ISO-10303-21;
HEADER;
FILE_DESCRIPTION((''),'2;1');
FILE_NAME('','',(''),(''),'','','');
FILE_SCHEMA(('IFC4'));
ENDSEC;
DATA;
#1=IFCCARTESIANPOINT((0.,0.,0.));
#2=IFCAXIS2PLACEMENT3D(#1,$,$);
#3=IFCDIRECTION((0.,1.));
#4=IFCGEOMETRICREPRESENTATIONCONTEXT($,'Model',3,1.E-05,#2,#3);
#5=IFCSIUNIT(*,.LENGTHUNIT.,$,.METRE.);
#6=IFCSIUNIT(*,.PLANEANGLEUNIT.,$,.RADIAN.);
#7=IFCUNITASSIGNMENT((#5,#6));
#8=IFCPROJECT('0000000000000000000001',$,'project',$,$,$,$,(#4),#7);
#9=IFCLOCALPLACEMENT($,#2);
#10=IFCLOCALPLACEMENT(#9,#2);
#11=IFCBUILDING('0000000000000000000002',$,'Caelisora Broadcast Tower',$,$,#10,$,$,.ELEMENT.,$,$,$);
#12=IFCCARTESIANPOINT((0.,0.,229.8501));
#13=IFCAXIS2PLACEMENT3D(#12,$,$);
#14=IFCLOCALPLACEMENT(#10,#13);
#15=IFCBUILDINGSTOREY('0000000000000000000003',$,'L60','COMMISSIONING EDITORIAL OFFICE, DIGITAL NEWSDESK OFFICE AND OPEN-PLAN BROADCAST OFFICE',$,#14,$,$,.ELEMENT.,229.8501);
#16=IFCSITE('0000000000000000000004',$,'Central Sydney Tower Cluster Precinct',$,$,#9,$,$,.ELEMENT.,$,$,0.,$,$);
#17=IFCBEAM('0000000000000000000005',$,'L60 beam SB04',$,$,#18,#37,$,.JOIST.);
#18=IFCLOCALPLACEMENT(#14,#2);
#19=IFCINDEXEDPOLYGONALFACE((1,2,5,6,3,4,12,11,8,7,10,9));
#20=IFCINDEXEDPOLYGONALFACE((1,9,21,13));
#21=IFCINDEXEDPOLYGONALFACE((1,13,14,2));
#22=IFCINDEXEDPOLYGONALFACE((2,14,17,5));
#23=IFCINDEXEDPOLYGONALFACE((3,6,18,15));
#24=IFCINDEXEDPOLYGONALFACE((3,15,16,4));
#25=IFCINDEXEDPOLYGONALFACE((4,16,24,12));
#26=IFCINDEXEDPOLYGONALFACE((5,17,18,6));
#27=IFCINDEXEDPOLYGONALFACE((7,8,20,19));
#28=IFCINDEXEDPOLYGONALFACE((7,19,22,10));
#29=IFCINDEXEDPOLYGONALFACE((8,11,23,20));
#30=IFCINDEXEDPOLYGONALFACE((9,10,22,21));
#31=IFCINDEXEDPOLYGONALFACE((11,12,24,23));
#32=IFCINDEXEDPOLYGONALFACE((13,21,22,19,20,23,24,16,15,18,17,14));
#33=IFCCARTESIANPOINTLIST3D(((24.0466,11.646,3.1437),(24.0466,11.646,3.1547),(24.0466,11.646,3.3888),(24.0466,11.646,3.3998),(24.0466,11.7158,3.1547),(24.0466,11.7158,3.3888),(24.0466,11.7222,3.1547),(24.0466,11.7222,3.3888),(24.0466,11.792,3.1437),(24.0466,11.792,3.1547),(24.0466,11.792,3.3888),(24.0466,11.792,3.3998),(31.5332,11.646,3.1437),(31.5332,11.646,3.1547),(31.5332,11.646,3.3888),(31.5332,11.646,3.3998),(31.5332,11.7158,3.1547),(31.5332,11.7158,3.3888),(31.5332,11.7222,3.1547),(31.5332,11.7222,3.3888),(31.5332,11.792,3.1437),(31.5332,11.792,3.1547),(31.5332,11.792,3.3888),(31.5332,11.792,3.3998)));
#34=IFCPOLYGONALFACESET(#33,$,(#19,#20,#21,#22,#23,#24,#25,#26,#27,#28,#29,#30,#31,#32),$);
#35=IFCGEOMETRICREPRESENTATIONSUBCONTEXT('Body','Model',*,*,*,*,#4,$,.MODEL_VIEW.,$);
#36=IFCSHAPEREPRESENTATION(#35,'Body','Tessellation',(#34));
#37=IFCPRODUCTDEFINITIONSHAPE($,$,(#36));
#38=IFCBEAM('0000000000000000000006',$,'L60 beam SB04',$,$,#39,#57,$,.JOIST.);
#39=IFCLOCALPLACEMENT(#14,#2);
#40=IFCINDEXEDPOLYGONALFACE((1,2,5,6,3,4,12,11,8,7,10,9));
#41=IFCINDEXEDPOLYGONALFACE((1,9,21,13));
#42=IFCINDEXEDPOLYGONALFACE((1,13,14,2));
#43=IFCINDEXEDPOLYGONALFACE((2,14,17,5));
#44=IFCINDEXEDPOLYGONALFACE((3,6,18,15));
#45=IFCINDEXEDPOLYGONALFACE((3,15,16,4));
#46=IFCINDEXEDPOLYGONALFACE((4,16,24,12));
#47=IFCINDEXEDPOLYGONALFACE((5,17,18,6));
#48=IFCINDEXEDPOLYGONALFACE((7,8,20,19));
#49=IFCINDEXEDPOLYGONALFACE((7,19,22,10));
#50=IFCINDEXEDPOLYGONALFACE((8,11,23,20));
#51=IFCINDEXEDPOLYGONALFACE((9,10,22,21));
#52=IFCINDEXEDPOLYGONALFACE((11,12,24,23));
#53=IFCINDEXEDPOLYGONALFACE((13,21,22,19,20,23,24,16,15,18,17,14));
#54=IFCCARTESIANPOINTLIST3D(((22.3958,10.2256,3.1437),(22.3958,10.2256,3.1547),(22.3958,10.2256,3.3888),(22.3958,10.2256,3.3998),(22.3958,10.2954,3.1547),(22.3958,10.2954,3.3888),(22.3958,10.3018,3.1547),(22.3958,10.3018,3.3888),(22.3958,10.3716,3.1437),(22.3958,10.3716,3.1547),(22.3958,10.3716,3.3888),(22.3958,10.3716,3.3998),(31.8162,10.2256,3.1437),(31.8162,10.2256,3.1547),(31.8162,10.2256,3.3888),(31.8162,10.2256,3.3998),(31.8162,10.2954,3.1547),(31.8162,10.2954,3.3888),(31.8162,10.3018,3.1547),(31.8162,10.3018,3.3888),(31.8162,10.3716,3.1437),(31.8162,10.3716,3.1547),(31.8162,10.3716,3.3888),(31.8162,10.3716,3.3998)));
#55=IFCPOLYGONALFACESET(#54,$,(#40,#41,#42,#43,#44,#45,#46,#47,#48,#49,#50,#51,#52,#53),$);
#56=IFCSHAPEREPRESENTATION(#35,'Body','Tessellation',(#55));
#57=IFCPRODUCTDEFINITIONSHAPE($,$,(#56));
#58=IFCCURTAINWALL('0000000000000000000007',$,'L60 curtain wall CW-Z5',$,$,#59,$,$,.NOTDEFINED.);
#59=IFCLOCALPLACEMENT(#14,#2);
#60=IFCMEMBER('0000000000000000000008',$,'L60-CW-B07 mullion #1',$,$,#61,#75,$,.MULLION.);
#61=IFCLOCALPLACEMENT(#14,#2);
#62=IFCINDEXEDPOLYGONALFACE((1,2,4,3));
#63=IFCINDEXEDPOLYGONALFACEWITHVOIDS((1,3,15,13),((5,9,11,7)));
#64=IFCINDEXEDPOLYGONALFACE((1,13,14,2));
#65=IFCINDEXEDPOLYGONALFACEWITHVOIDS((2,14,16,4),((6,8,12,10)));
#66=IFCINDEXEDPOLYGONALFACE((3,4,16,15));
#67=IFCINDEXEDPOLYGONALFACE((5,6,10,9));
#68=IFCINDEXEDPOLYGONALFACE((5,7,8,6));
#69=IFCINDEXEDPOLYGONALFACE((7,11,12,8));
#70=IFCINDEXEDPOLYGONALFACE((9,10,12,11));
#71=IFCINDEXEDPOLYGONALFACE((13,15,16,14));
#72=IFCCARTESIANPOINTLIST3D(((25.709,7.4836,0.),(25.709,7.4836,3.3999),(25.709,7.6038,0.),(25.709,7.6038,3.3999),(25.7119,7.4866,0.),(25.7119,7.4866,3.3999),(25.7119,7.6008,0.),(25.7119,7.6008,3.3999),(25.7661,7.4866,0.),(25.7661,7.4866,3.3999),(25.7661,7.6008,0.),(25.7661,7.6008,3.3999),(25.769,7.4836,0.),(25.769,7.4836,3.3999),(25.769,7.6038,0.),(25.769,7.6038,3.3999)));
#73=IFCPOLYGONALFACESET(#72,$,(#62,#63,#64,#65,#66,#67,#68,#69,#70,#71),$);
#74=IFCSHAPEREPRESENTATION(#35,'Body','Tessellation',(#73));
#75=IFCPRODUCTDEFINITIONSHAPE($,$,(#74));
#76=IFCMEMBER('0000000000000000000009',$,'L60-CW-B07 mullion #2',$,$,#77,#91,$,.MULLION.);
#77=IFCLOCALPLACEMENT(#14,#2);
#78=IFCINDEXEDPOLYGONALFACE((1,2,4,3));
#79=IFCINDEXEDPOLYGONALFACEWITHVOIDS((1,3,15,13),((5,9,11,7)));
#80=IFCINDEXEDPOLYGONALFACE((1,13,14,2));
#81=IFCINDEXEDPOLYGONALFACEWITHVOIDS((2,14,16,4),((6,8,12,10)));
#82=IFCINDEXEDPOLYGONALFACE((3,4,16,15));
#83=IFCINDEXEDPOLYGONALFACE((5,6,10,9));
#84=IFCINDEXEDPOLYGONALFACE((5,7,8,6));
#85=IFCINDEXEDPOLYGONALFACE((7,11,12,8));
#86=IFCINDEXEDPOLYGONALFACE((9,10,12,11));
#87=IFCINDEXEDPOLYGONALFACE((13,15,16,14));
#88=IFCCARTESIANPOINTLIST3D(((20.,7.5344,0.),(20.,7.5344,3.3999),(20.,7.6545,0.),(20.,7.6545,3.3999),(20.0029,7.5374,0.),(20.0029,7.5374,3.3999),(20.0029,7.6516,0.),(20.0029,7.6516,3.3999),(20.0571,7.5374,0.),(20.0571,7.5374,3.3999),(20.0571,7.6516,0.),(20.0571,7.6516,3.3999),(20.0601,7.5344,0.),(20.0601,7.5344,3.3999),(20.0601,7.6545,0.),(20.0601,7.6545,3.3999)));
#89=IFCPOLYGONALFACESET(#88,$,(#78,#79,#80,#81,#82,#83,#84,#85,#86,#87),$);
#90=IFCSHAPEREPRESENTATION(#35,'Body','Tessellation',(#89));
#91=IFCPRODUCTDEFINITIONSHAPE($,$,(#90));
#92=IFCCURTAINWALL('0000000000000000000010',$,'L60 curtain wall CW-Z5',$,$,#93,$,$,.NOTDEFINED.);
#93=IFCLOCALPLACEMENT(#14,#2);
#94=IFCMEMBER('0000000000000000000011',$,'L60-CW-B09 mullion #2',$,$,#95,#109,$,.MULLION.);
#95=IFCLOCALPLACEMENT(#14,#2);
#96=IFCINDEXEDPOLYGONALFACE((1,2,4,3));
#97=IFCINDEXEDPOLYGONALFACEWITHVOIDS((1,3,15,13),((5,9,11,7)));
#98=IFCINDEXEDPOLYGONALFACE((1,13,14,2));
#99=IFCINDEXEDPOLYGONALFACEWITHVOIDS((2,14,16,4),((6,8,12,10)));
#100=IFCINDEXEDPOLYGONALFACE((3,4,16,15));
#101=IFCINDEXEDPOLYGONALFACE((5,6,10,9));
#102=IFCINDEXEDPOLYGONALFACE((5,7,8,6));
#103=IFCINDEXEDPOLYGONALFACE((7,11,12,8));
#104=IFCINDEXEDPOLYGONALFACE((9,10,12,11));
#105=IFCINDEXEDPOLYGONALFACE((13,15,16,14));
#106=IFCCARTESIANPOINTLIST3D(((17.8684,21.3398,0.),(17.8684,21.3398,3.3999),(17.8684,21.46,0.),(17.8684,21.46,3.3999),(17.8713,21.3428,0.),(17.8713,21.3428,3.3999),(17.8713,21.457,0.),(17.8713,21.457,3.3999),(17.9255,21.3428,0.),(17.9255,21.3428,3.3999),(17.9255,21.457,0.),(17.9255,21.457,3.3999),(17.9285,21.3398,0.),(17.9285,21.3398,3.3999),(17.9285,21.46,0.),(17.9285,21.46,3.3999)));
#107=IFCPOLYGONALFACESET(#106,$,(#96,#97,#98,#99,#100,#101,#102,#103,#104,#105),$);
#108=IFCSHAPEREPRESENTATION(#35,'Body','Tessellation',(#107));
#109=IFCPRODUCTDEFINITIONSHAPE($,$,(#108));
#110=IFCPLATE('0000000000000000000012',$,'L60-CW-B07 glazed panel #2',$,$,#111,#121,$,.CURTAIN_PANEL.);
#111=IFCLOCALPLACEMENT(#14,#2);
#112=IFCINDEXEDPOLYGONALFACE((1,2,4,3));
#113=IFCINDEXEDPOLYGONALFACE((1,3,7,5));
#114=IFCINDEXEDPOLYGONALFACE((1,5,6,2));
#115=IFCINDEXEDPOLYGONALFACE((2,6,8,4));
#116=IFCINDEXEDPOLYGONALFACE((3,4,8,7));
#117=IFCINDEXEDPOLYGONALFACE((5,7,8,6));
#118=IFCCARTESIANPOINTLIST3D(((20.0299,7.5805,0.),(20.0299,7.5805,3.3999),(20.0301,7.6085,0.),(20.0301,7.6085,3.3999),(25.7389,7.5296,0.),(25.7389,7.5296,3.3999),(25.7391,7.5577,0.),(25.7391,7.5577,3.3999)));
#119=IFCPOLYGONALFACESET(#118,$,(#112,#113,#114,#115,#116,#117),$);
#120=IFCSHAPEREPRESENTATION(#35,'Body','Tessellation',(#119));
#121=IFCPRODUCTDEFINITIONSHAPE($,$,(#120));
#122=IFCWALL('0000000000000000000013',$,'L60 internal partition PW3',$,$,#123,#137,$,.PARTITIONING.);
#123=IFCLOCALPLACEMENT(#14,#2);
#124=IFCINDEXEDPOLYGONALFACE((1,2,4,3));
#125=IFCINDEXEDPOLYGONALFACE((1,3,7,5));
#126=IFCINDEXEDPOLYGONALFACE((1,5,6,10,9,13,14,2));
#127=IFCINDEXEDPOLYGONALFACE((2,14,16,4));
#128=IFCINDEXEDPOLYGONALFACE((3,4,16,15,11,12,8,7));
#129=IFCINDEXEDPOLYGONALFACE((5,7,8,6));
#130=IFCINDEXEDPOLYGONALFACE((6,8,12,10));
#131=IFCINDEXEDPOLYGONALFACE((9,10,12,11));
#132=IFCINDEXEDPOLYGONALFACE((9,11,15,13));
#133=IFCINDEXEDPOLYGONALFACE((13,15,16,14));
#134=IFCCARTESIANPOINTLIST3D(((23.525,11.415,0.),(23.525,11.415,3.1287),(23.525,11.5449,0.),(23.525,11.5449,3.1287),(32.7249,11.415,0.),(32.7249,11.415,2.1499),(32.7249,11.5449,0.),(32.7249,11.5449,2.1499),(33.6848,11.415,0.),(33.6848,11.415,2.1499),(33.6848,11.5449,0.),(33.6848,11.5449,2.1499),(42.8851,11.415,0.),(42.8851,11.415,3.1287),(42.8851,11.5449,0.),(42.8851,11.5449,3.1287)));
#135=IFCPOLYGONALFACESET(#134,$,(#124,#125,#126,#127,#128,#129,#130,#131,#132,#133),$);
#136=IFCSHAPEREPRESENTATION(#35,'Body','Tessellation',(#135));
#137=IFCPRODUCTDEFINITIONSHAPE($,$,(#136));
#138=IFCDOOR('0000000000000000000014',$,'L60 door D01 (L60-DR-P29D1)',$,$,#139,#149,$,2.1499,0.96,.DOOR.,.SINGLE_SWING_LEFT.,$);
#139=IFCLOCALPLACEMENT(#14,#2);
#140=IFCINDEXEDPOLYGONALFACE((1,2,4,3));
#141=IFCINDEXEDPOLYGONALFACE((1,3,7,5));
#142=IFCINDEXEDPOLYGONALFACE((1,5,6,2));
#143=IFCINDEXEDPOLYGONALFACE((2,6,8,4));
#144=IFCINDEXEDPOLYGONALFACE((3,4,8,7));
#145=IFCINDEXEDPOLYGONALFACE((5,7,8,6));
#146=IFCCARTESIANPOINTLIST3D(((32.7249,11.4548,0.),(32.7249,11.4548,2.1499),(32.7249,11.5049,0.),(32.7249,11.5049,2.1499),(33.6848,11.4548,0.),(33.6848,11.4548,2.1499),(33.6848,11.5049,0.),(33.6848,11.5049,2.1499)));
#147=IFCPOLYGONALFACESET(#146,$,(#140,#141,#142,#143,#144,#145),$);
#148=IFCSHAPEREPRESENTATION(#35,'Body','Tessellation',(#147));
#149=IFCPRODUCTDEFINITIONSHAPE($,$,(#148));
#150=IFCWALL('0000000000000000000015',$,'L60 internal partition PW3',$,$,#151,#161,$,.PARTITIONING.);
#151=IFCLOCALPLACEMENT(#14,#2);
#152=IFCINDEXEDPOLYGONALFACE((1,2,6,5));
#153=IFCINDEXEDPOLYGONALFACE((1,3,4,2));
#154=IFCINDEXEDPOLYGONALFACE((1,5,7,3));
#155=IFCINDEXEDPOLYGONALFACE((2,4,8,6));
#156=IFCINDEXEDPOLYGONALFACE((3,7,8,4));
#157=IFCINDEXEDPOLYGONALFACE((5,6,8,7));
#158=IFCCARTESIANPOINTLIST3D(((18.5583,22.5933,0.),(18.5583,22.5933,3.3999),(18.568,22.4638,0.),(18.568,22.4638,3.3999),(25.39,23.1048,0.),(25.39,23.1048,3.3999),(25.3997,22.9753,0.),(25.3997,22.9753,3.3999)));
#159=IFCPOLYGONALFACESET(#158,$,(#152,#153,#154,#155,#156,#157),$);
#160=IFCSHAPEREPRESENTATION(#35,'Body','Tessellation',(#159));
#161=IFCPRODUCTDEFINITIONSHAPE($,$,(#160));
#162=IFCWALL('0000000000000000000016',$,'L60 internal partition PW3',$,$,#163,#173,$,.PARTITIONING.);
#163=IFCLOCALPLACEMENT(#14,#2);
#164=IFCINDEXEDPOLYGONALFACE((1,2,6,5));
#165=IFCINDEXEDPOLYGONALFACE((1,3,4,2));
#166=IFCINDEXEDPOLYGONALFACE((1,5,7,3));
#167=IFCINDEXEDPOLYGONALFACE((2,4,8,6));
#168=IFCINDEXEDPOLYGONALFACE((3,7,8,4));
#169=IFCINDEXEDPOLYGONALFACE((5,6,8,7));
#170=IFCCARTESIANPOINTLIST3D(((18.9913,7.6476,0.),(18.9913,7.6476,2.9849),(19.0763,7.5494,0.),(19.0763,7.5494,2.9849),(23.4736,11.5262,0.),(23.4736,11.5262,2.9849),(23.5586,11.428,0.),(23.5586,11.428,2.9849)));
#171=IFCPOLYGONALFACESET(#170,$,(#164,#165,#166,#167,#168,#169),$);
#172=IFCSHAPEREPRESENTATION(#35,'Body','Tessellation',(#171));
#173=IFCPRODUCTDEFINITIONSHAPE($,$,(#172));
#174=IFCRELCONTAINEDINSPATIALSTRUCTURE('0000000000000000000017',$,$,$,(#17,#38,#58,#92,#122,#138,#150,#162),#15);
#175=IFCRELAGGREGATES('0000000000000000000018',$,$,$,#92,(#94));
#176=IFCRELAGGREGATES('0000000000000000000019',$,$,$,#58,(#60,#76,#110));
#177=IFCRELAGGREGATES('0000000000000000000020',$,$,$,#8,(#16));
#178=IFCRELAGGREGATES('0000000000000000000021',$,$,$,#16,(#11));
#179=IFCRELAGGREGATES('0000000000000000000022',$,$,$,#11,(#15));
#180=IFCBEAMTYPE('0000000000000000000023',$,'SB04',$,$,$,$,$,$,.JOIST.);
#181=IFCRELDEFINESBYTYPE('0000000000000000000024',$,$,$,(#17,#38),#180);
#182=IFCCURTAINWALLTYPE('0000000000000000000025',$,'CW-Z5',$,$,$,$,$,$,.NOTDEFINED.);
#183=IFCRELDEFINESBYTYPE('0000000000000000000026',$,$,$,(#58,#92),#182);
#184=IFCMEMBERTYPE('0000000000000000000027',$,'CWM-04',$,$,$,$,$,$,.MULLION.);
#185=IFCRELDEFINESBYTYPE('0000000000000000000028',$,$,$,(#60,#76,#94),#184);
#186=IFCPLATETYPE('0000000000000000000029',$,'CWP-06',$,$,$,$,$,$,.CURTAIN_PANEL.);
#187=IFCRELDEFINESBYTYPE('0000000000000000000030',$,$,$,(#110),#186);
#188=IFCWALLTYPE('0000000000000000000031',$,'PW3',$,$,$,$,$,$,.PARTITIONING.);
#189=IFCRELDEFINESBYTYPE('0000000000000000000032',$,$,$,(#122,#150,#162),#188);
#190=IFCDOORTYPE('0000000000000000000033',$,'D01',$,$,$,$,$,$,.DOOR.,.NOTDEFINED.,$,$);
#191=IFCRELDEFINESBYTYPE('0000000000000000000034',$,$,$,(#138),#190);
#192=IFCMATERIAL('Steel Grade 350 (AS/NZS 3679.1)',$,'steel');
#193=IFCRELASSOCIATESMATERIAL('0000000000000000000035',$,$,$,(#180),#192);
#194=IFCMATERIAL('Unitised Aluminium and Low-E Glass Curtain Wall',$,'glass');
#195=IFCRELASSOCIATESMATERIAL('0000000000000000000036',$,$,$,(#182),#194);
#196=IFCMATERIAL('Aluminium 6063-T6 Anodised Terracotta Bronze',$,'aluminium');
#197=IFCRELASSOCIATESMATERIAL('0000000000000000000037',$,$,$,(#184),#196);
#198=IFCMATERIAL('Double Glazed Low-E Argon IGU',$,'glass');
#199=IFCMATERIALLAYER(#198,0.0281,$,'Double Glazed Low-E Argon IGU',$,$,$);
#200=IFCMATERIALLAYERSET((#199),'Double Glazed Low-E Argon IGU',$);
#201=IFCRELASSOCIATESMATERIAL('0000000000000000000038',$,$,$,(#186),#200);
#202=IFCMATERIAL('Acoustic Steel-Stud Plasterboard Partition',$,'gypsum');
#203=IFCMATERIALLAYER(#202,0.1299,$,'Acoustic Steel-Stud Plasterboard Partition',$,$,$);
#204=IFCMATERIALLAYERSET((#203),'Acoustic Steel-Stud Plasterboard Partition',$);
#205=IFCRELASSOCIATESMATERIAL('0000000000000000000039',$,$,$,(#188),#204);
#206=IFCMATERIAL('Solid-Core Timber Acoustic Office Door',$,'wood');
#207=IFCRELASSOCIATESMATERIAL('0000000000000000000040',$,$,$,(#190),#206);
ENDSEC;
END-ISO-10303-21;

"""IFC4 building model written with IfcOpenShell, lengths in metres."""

from ifc_helpers import new_model, si_unit, direction, frame, frame_2d, origin, origin_2d, place, context, subcontext, project, spatial, rectangle, hollow_rectangle, i_section, extrude, source, transform, mapped, material, layer, layer_set, material_profile, profile_set, type_object, type_shapes, element, fill, aggregate, save


model = new_model("IFC4")

# Units and contexts
model_context = context("Model", 3, precision=1e-05, world=origin(), true_north=direction((0.0, 1.0)))
body_context = subcontext(model_context, "Body", "Model", "MODEL_VIEW")
ifc_project = project(units=[si_unit("LENGTHUNIT", "METRE"), si_unit("PLANEANGLEUNIT", "RADIAN")], contexts=[model_context])

# Site, building, storey
site_placement = place(None, origin())
site = spatial("IfcSite", under=ifc_project, at=site_placement, Name="Central Sydney Tower Cluster Precinct", CompositionType="ELEMENT", RefElevation=0.0)
building_placement = place(site_placement, origin())
building = spatial("IfcBuilding", under=site, at=building_placement, Name="Caelisora Broadcast Tower", CompositionType="ELEMENT")
storey_placement = place(building_placement, frame((0.0, 0.0, 229.8501)))
storey = spatial("IfcBuildingStorey", under=building, at=storey_placement, Name="L60", Description="COMMISSIONING EDITORIAL OFFICE, DIGITAL NEWSDESK OFFICE AND OPEN-PLAN BROADCAST OFFICE", CompositionType="ELEMENT", Elevation=229.8501)

# Beams
ifc_material_1 = material(Name="Steel Grade 350 (AS/NZS 3679.1)", Category="steel")
ifc_material_profile_1 = material_profile(ifc_material_1, i_section(OverallWidth=0.146, OverallDepth=0.2561, WebThickness=0.0063, FlangeThickness=0.011, at=origin_2d()), Name="Steel Grade 350 (AS/NZS 3679.1)")
ifc_profile_set_1 = profile_set([ifc_material_profile_1], Name="Steel Grade 350 (AS/NZS 3679.1)")
beam_type_1 = type_object("IfcBeamType", Name="SB04", PredefinedType="JOIST", material=ifc_profile_set_1)
shared_shape_1 = source(origin(), body_context, "Body", "SweptSolid", [
    extrude(i_section(OverallWidth=0.146, OverallDepth=0.2561, WebThickness=0.0063, FlangeThickness=0.011, at=origin_2d()), origin(), (0.0, 0.0, 1.0), 7.4866),
])
beam_1_placement = place(storey_placement, frame((24.0466, 11.719, 3.2717), z_axis=(1.0, 0.0, 0.0), x_axis=(0.0, 1.0, 0.0)))
element("IfcBeam", 1, at=beam_1_placement, inside=storey, type_object=beam_type_1, Name="L60 beam SB04", PredefinedType="JOIST", context=body_context, shape_type="MappedRepresentation", body=[
    mapped(shared_shape_1, transform((0.0, 0.0, 0.0), scale=1.0)),
])
shared_shape_2 = source(origin(), body_context, "Body", "SweptSolid", [
    extrude(i_section(OverallWidth=0.146, OverallDepth=0.2561, WebThickness=0.0063, FlangeThickness=0.011, at=origin_2d()), origin(), (0.0, 0.0, 1.0), 9.4204),
])
beam_2_placement = place(storey_placement, frame((22.3958, 10.2986, 3.2717), z_axis=(1.0, 0.0, 0.0), x_axis=(0.0, 1.0, 0.0)))
element("IfcBeam", 2, at=beam_2_placement, inside=storey, type_object=beam_type_1, Name="L60 beam SB04", PredefinedType="JOIST", context=body_context, shape_type="MappedRepresentation", body=[
    mapped(shared_shape_2, transform((0.0, 0.0, 0.0), scale=1.0)),
])

# Curtain wall, members
ifc_material_2 = material(Name="Unitised Aluminium and Low-E Glass Curtain Wall", Category="glass")
curtain_wall_type = type_object("IfcCurtainWallType", Name="CW-Z5", PredefinedType="NOTDEFINED", material=ifc_material_2)
curtain_wall_1_placement = place(storey_placement, origin())
curtain_wall_1 = element("IfcCurtainWall", 3, at=curtain_wall_1_placement, inside=storey, type_object=curtain_wall_type, Name="L60 curtain wall CW-Z5", PredefinedType="NOTDEFINED")
ifc_material_3 = material(Name="Aluminium 6063-T6 Anodised Terracotta Bronze", Category="aluminium")
ifc_material_profile_2 = material_profile(ifc_material_3, hollow_rectangle(XDim=0.0601, YDim=0.1201, WallThickness=0.0029, at=origin_2d()), Name="Aluminium 6063-T6 Anodised Terracotta Bronze")
ifc_profile_set_2 = profile_set([ifc_material_profile_2], Name="Aluminium 6063-T6 Anodised Terracotta Bronze")
member_type = type_object("IfcMemberType", Name="CWM-04", PredefinedType="MULLION", material=ifc_profile_set_2)
shared_shape_3 = source(origin(), body_context, "Body", "SweptSolid", [
    extrude(hollow_rectangle(XDim=0.0601, YDim=0.1201, WallThickness=0.0029, at=origin_2d()), origin(), (0.0, 0.0, 1.0), 3.3999),
])
type_shapes(member_type, [shared_shape_3])
member_1_placement = place(storey_placement, frame((25.739, 7.5437, 0.0), z_axis=(0.0, 0.0, 1.0), x_axis=(1.0, 0.0, 0.0)))
member_1 = element("IfcMember", 4, at=member_1_placement, type_object=member_type, Name="L60-CW-B07 mullion #1", PredefinedType="MULLION", context=body_context, shape_type="MappedRepresentation", body=[
    mapped(shared_shape_3, transform((0.0, 0.0, 0.0), scale=1.0)),
])
member_2_placement = place(storey_placement, frame((20.03, 7.5945, 0.0), z_axis=(0.0, 0.0, 1.0), x_axis=(1.0, 0.0, 0.0)))
member_2 = element("IfcMember", 5, at=member_2_placement, type_object=member_type, Name="L60-CW-B07 mullion #2", PredefinedType="MULLION", context=body_context, shape_type="MappedRepresentation", body=[
    mapped(shared_shape_3, transform((0.0, 0.0, 0.0), scale=1.0)),
])

# Curtain wall, member
curtain_wall_2_placement = place(storey_placement, origin())
curtain_wall_2 = element("IfcCurtainWall", 6, at=curtain_wall_2_placement, inside=storey, type_object=curtain_wall_type, Name="L60 curtain wall CW-Z5", PredefinedType="NOTDEFINED")
member_3_placement = place(storey_placement, frame((17.8984, 21.3999, 0.0), z_axis=(0.0, 0.0, 1.0), x_axis=(1.0, 0.0, 0.0)))
member_3 = element("IfcMember", 7, at=member_3_placement, type_object=member_type, Name="L60-CW-B09 mullion #2", PredefinedType="MULLION", context=body_context, shape_type="MappedRepresentation", body=[
    mapped(shared_shape_3, transform((0.0, 0.0, 0.0), scale=1.0)),
])
aggregate(curtain_wall_2, [member_3])

# Plate
ifc_material_4 = material(Name="Double Glazed Low-E Argon IGU", Category="glass")
ifc_layer_1 = layer(ifc_material_4, 0.0281, Name="Double Glazed Low-E Argon IGU")
ifc_layer_set_1 = layer_set([ifc_layer_1], Name="Double Glazed Low-E Argon IGU")
plate_type = type_object("IfcPlateType", Name="CWP-06", PredefinedType="CURTAIN_PANEL", material=ifc_layer_set_1)
shared_shape_4 = source(origin(), body_context, "Body", "SweptSolid", [
    extrude(rectangle(XDim=5.7092, YDim=0.0281, at=origin_2d()), origin(), (0.0, 0.0, 1.0), 3.3999),
])
type_shapes(plate_type, [shared_shape_4])
plate_placement = place(storey_placement, frame((22.8845, 7.5691, 0.0), z_axis=(0.0, 0.0, 1.0), x_axis=(-0.99996, 0.008901, 0.0)))
plate = element("IfcPlate", 8, at=plate_placement, type_object=plate_type, Name="L60-CW-B07 glazed panel #2", PredefinedType="CURTAIN_PANEL", context=body_context, shape_type="MappedRepresentation", body=[
    mapped(shared_shape_4, transform((0.0, 0.0, 0.0), scale=1.0)),
])
aggregate(curtain_wall_1, [member_1, member_2, plate])

# Wall, opening, door
ifc_material_5 = material(Name="Acoustic Steel-Stud Plasterboard Partition", Category="gypsum")
ifc_layer_2 = layer(ifc_material_5, 0.1299, Name="Acoustic Steel-Stud Plasterboard Partition")
ifc_layer_set_2 = layer_set([ifc_layer_2], Name="Acoustic Steel-Stud Plasterboard Partition")
wall_type = type_object("IfcWallType", Name="PW3", PredefinedType="PARTITIONING", material=ifc_layer_set_2)
wall_1_placement = place(storey_placement, frame((23.5249, 11.48, 0.0), z_axis=(0.0, 0.0, 1.0), x_axis=(1.0, 0.0, 0.0)))
wall_1 = element("IfcWall", 9, at=wall_1_placement, inside=storey, type_object=wall_type, Name="L60 internal partition PW3", PredefinedType="PARTITIONING", context=body_context, shape_type="SweptSolid", body=[
    extrude(rectangle(XDim=19.3601, YDim=0.1299, at=frame_2d((9.6802, 0.0))), origin(), (0.0, 0.0, 1.0), 3.1287),
])
opening_placement = place(wall_1_placement, frame((9.2, 0.0, 0.0)))
opening = element("IfcOpeningElement", 10, at=opening_placement, cuts=wall_1, PredefinedType="OPENING", context=body_context, shape_type="SweptSolid", body=[
    extrude(rectangle(XDim=0.96, YDim=2.1499, at=frame_2d((0.48, 1.075))), frame((0.0, 0.0769, 0.0), z_axis=(0.0, -1.0, 0.0), x_axis=(1.0, 0.0, 0.0)), (0.0, 0.0, 1.0), 0.1538),
])
ifc_material_6 = material(Name="Solid-Core Timber Acoustic Office Door", Category="wood")
door_type = type_object("IfcDoorType", Name="D01", OperationType="NOTDEFINED", PredefinedType="DOOR", material=ifc_material_6)
door_placement = place(opening_placement, origin())
door = element("IfcDoor", 11, at=door_placement, inside=storey, type_object=door_type, Name="L60 door D01 (L60-DR-P29D1)", OperationType="SINGLE_SWING_LEFT", OverallHeight=2.1499, OverallWidth=0.96, PredefinedType="DOOR", context=body_context, shape_type="SweptSolid", body=[
    extrude(rectangle(XDim=0.96, YDim=2.1499, at=frame_2d((0.48, 1.075))), frame((0.0, 0.0249, 0.0), z_axis=(0.0, -1.0, 0.0), x_axis=(1.0, 0.0, 0.0)), (0.0, 0.0, 1.0), 0.05),
])
fill(opening, door)

# Walls
wall_2_placement = place(storey_placement, frame((18.5632, 22.5286, 0.0), z_axis=(0.0, 0.0, 1.0), x_axis=(0.997209, 0.074658, 0.0)))
element("IfcWall", 12, at=wall_2_placement, inside=storey, type_object=wall_type, Name="L60 internal partition PW3", PredefinedType="PARTITIONING", context=body_context, shape_type="SweptSolid", body=[
    extrude(rectangle(XDim=6.8508, YDim=0.1299, at=frame_2d((3.4253, 0.0))), origin(), (0.0, 0.0, 1.0), 3.3999),
])
wall_3_placement = place(storey_placement, frame((19.0337, 7.5984, 0.0), z_axis=(0.0, 0.0, 1.0), x_axis=(0.756198, 0.654342, 0.0)))
element("IfcWall", 13, at=wall_3_placement, inside=storey, type_object=wall_type, Name="L60 internal partition PW3", PredefinedType="PARTITIONING", context=body_context, shape_type="SweptSolid", body=[
    extrude(rectangle(XDim=5.9275, YDim=0.1299, at=frame_2d((2.9639, 0.0))), origin(), (0.0, 0.0, 1.0), 2.9849),
])

save(model, "model.ifc")
